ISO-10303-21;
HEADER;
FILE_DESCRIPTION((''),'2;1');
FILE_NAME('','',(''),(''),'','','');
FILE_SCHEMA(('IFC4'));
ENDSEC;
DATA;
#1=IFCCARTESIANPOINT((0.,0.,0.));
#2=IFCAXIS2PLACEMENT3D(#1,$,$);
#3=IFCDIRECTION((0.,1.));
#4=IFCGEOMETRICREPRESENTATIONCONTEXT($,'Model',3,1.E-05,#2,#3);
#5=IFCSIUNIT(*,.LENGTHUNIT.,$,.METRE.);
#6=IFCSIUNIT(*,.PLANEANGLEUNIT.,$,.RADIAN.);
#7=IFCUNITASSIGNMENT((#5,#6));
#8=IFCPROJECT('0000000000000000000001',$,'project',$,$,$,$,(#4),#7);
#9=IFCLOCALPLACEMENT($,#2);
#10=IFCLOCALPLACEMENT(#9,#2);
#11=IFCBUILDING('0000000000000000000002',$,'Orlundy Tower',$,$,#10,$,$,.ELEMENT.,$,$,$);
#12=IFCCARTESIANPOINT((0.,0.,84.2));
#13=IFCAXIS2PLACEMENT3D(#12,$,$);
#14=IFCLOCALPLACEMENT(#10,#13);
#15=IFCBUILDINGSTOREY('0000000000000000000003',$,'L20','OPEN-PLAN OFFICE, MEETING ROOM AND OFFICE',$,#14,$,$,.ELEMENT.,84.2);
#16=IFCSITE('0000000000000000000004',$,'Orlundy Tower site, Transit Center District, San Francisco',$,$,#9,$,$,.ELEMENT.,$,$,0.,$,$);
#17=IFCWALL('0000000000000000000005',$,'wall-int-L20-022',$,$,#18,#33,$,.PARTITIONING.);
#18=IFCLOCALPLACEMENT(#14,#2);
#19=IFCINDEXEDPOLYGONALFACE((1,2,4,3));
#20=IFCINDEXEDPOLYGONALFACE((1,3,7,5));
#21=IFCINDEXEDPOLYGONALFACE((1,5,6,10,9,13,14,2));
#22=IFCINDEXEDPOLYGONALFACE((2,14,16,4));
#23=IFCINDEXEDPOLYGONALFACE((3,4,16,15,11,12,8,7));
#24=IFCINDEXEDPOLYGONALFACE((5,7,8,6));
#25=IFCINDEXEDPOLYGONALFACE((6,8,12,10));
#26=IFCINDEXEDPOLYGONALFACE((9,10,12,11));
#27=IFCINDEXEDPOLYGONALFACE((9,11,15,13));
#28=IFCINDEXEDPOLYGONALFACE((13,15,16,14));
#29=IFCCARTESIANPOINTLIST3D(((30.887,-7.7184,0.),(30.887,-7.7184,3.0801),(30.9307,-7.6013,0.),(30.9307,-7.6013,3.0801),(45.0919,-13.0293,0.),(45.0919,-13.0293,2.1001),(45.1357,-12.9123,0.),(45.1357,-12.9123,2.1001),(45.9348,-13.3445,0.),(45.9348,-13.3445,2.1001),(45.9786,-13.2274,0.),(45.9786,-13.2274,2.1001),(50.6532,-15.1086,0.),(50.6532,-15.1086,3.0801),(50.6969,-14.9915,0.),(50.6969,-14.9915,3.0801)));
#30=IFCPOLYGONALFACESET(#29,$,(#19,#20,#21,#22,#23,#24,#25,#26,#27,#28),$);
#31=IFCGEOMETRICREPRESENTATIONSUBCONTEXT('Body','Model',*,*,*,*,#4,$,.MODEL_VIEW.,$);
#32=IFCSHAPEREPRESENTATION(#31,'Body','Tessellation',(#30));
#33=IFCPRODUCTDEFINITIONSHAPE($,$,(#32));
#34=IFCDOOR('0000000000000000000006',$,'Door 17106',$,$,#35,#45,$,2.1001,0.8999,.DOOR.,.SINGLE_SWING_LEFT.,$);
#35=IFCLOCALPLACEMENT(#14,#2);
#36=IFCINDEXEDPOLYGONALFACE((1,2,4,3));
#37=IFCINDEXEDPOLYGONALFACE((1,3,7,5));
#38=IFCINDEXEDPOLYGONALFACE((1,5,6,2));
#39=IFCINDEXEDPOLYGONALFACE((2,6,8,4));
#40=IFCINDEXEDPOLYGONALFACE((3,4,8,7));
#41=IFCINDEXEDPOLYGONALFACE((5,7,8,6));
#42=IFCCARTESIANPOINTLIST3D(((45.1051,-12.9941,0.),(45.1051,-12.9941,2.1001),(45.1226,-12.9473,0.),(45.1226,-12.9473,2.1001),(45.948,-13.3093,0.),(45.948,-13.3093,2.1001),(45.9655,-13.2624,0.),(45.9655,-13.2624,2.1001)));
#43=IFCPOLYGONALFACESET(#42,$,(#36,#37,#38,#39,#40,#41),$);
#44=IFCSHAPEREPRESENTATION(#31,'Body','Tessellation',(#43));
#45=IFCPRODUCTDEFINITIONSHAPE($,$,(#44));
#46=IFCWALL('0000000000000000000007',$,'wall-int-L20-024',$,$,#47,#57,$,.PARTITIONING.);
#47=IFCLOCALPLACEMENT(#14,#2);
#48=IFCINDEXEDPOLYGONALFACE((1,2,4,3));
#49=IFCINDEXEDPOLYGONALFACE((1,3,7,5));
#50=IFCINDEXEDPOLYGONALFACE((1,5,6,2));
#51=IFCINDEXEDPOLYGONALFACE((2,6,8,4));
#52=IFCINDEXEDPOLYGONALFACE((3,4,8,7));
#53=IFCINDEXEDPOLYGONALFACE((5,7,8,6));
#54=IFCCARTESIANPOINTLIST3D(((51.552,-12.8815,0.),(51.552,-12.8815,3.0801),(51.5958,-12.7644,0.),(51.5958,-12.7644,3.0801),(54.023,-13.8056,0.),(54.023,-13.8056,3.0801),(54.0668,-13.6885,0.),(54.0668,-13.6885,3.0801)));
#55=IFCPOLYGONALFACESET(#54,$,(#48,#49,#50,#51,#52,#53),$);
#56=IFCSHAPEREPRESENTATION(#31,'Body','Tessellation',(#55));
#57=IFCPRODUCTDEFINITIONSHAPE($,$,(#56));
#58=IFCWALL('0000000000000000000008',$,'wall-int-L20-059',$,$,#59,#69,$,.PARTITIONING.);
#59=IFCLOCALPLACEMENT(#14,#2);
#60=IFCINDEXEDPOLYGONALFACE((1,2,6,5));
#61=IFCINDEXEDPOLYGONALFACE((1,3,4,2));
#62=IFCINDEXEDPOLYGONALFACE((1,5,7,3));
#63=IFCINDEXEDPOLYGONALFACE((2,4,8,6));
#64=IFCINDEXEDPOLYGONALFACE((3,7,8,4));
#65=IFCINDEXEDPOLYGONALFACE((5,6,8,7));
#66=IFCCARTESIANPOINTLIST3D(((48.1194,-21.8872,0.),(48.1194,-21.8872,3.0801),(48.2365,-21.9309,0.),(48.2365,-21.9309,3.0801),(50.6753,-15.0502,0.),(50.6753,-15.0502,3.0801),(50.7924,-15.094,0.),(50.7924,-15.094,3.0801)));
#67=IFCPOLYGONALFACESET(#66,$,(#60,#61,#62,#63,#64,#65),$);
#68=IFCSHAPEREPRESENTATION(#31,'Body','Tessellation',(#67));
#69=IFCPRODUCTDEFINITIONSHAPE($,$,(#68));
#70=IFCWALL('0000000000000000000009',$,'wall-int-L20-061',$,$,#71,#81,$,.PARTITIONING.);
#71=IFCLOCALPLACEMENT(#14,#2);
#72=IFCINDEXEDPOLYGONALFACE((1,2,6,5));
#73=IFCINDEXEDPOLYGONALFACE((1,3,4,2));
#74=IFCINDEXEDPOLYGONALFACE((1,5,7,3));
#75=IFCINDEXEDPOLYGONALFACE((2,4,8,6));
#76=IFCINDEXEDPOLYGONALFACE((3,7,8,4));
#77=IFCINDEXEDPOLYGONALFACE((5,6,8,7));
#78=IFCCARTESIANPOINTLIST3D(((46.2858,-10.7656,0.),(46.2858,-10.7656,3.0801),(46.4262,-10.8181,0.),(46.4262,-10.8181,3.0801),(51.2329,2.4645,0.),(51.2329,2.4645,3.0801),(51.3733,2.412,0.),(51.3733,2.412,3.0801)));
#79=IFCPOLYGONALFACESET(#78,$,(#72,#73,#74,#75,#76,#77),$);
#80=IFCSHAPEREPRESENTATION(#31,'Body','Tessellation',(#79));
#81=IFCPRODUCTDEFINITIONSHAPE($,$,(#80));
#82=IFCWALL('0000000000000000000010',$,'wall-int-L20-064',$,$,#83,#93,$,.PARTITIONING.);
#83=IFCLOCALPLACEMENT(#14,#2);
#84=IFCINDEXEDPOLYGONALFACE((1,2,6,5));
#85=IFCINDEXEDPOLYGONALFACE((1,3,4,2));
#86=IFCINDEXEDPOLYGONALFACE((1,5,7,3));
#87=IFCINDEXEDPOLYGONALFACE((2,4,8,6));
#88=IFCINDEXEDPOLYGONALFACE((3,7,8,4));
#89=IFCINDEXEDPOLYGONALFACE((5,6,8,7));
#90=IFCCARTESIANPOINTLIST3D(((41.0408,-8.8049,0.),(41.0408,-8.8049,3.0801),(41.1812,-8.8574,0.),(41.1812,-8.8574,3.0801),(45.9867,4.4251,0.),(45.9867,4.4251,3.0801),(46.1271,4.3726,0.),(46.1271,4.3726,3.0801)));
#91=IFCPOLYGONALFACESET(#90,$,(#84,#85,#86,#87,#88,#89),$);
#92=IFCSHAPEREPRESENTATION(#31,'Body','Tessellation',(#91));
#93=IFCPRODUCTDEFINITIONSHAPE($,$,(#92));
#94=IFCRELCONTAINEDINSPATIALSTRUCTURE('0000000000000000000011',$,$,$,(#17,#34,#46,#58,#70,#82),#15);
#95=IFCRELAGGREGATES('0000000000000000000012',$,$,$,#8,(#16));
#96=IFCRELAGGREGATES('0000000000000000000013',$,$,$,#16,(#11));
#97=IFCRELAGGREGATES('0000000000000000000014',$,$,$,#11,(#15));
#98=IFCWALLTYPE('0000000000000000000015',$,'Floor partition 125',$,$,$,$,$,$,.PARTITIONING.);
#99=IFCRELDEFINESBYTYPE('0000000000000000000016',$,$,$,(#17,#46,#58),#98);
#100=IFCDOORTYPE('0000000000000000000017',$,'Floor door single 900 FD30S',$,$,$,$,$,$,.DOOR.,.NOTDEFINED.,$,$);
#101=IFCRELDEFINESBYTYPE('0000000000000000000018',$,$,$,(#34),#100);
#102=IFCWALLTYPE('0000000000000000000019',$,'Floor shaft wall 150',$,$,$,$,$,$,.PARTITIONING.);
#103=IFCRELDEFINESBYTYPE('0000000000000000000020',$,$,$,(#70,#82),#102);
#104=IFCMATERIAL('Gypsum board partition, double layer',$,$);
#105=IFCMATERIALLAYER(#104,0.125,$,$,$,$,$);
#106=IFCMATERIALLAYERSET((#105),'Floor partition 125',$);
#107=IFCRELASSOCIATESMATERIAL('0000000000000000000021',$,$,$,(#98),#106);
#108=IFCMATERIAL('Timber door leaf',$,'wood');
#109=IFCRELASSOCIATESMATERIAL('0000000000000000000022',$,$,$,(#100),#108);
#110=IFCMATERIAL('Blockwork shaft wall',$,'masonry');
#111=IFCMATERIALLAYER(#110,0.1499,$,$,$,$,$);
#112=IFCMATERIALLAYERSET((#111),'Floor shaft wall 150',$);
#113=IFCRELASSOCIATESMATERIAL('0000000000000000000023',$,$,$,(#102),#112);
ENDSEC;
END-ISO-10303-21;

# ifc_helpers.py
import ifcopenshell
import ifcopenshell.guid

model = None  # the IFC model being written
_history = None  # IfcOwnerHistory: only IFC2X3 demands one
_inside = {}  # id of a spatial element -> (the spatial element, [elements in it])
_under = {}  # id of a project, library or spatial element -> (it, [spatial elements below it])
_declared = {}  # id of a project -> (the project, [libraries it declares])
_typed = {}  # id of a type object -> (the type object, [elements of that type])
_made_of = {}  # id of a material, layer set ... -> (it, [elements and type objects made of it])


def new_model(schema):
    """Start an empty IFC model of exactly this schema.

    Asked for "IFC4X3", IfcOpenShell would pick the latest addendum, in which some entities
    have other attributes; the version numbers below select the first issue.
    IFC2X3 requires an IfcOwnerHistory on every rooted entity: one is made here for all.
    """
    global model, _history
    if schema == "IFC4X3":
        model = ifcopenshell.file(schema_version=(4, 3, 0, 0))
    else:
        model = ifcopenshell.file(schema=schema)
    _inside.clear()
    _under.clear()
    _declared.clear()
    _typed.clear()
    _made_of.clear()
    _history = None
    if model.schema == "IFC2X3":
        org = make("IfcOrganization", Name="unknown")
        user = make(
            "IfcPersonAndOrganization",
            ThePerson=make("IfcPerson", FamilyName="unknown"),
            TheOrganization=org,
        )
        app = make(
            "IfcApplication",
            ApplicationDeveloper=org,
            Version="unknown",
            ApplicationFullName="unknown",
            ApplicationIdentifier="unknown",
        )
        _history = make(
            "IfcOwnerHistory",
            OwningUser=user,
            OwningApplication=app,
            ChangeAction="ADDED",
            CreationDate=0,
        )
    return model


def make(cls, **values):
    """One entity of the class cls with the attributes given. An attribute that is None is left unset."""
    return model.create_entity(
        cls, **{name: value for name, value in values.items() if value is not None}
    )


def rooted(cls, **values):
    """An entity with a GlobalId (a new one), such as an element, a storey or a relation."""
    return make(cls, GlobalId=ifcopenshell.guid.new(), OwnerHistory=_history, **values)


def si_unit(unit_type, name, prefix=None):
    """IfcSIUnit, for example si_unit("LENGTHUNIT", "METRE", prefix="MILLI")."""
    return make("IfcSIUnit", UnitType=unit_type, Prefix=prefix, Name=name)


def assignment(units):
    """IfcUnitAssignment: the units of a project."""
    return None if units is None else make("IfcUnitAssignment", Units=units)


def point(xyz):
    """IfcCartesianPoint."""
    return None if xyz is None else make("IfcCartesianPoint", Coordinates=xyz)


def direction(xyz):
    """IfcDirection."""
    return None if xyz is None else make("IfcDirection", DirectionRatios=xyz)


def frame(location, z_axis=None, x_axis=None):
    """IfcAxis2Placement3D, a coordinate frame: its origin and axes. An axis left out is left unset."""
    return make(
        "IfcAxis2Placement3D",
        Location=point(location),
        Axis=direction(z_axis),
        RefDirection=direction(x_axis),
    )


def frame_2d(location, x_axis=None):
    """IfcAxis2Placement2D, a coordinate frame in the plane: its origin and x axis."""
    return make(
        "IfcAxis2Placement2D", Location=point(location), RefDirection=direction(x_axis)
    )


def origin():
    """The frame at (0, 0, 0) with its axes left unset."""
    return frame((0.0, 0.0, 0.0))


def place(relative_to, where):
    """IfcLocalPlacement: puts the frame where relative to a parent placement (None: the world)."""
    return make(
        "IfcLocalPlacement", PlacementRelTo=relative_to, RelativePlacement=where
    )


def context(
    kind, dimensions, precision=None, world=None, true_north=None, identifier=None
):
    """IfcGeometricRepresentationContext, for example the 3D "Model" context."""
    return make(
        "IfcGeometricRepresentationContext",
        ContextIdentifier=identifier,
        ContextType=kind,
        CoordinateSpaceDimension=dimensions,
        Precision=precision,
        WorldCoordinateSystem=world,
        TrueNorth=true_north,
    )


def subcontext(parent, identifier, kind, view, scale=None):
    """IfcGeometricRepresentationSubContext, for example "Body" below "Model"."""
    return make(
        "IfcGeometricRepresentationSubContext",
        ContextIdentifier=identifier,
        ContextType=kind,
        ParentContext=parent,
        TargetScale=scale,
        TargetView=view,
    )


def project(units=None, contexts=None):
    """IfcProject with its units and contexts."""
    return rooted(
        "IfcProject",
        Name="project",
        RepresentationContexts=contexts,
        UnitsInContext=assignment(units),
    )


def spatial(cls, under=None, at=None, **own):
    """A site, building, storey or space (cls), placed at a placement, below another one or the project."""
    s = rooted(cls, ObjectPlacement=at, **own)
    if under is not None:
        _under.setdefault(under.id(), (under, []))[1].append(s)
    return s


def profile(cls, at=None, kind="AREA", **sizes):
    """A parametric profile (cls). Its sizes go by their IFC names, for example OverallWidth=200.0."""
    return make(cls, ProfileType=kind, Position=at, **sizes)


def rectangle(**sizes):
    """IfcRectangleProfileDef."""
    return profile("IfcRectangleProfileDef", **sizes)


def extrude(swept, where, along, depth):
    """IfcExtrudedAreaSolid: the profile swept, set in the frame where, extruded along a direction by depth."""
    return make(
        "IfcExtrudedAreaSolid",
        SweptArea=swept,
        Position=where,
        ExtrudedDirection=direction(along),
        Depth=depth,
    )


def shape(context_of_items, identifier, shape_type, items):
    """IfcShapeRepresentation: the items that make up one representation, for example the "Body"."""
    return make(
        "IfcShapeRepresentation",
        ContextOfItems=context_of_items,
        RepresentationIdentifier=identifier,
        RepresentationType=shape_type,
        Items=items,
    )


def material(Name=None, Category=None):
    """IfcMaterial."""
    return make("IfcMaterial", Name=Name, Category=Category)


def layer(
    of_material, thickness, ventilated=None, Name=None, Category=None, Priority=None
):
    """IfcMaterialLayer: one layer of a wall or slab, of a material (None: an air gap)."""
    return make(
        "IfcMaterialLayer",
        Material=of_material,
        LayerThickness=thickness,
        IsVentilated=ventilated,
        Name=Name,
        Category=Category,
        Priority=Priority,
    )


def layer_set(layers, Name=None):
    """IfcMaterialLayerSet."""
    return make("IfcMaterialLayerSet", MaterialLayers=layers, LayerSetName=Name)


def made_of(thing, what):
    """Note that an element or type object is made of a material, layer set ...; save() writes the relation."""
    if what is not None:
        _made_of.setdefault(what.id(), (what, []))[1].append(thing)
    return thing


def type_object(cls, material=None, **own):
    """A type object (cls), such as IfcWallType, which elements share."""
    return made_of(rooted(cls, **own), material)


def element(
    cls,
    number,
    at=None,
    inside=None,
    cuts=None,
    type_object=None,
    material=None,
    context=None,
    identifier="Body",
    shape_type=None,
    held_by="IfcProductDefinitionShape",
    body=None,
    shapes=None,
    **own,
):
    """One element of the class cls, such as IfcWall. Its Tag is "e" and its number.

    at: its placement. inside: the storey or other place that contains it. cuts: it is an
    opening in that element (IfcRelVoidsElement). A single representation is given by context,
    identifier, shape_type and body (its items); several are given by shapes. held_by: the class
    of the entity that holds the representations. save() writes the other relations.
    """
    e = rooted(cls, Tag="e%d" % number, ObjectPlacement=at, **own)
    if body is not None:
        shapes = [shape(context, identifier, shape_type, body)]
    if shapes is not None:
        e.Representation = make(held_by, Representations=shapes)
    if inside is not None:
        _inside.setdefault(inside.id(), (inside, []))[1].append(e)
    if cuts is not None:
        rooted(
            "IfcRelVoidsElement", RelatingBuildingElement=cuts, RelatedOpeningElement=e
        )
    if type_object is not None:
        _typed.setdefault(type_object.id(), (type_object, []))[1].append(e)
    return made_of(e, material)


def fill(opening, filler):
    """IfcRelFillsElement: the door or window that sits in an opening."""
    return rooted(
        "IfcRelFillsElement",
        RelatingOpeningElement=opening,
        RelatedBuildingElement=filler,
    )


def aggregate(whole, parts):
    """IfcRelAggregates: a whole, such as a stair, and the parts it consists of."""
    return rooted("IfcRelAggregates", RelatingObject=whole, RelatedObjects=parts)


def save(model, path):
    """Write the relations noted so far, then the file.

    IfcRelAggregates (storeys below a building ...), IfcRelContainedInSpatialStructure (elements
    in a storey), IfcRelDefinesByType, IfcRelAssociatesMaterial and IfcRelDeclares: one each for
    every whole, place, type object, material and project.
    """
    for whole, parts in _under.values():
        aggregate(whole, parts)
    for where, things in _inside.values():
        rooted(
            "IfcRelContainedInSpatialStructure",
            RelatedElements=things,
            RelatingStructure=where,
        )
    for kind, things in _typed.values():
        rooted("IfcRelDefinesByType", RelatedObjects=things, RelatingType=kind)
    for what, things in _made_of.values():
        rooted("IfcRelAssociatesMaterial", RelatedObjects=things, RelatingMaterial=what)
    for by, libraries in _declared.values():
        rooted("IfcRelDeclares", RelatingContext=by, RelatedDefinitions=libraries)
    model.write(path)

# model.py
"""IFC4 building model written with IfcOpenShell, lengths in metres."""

from ifc_helpers import new_model, si_unit, direction, frame, frame_2d, origin, place, context, subcontext, project, spatial, rectangle, extrude, material, layer, layer_set, type_object, element, fill, save


model = new_model("IFC4")

# Units and contexts
model_context = context("Model", 3, precision=1e-05, world=origin(), true_north=direction((0.0, 1.0)))
body_context = subcontext(model_context, "Body", "Model", "MODEL_VIEW")
ifc_project = project(units=[si_unit("LENGTHUNIT", "METRE"), si_unit("PLANEANGLEUNIT", "RADIAN")], contexts=[model_context])

# Site, building, storey
site_placement = place(None, origin())
site = spatial("IfcSite", under=ifc_project, at=site_placement, Name="Orlundy Tower site, Transit Center District, San Francisco", CompositionType="ELEMENT", RefElevation=0.0)
building_placement = place(site_placement, origin())
building = spatial("IfcBuilding", under=site, at=building_placement, Name="Orlundy Tower", CompositionType="ELEMENT")
storey_placement = place(building_placement, frame((0.0, 0.0, 84.2)))
storey = spatial("IfcBuildingStorey", under=building, at=storey_placement, Name="L20", Description="OPEN-PLAN OFFICE, MEETING ROOM AND OFFICE", CompositionType="ELEMENT", Elevation=84.2)

# Shared definitions
ifc_material_1 = material(Name="Gypsum board partition, double layer")
ifc_layer_1 = layer(ifc_material_1, 0.125)
ifc_layer_set_1 = layer_set([ifc_layer_1], Name="Floor partition 125")
wall_type_1 = type_object("IfcWallType", Name="Floor partition 125", PredefinedType="PARTITIONING", material=ifc_layer_set_1)

# Shared definitions
ifc_material_2 = material(Name="Timber door leaf", Category="wood")
door_type = type_object("IfcDoorType", Name="Floor door single 900 FD30S", OperationType="NOTDEFINED", PredefinedType="DOOR", material=ifc_material_2)

# Wall, opening, door
wall_1_placement = place(storey_placement, frame((50.675, -15.05, 0.0), z_axis=(0.0, 0.0, 1.0), x_axis=(-0.936674, 0.350203, 0.0)))
wall_1 = element("IfcWall", 1, at=wall_1_placement, inside=storey, type_object=wall_type_1, Name="wall-int-L20-022", PredefinedType="PARTITIONING", context=body_context, shape_type="SweptSolid", body=[
    extrude(rectangle(XDim=21.1025, YDim=0.125, at=frame_2d((10.5513, 0.0))), origin(), (0.0, 0.0, 1.0), 3.0801),
])
opening_1_placement = place(wall_1_placement, frame((5.0374, 0.0, 0.0)))
opening_1 = element("IfcOpeningElement", 2, at=opening_1_placement, cuts=wall_1, PredefinedType="OPENING", context=body_context, shape_type="SweptSolid", body=[
    extrude(rectangle(XDim=0.8999, YDim=2.1001, at=frame_2d((0.45, 1.05))), frame((0.0, 0.0725, 0.0), z_axis=(0.0, -1.0, 0.0), x_axis=(1.0, 0.0, 0.0)), (0.0, 0.0, 1.0), 0.145),
])
door_1_placement = place(opening_1_placement, origin())
door_1 = element("IfcDoor", 3, at=door_1_placement, inside=storey, type_object=door_type, Name="Door 17106", OperationType="SINGLE_SWING_LEFT", OverallHeight=2.1001, OverallWidth=0.8999, PredefinedType="DOOR", context=body_context, shape_type="SweptSolid", body=[
    extrude(rectangle(XDim=0.8999, YDim=2.1001, at=frame_2d((0.45, 1.05))), frame((0.0, 0.0249, 0.0), z_axis=(0.0, -1.0, 0.0), x_axis=(1.0, 0.0, 0.0)), (0.0, 0.0, 1.0), 0.05),
])
fill(opening_1, door_1)

# Walls
wall_2_placement = place(storey_placement, frame((54.0449, -13.7471, 0.0), z_axis=(0.0, 0.0, 1.0), x_axis=(-0.936644, 0.350282, 0.0)))
element("IfcWall", 4, at=wall_2_placement, inside=storey, type_object=wall_type_1, Name="wall-int-L20-024", PredefinedType="PARTITIONING", context=body_context, shape_type="SweptSolid", body=[
    extrude(rectangle(XDim=2.6382, YDim=0.125, at=frame_2d((1.3191, 0.0))), origin(), (0.0, 0.0, 1.0), 3.0801),
])
wall_3_placement = place(storey_placement, frame((48.178, -21.9089, 0.0), z_axis=(0.0, 0.0, 1.0), x_axis=(0.35017, 0.936686, 0.0)))
element("IfcWall", 5, at=wall_3_placement, inside=storey, type_object=wall_type_1, Name="wall-int-L20-059", PredefinedType="PARTITIONING", context=body_context, shape_type="SweptSolid", body=[
    extrude(rectangle(XDim=7.2991, YDim=0.125, at=frame_2d((3.6494, 0.0))), origin(), (0.0, 0.0, 1.0), 3.0801),
])
ifc_material_3 = material(Name="Blockwork shaft wall", Category="masonry")
ifc_layer_2 = layer(ifc_material_3, 0.1499)
ifc_layer_set_2 = layer_set([ifc_layer_2], Name="Floor shaft wall 150")
wall_type_2 = type_object("IfcWallType", Name="Floor shaft wall 150", PredefinedType="PARTITIONING", material=ifc_layer_set_2)
wall_4_placement = place(storey_placement, frame((46.356, -10.792, 0.0), z_axis=(0.0, 0.0, 1.0), x_axis=(0.350241, 0.93666, 0.0)))
element("IfcWall", 6, at=wall_4_placement, inside=storey, type_object=wall_type_2, Name="wall-int-L20-061", PredefinedType="PARTITIONING", context=body_context, shape_type="SweptSolid", body=[
    extrude(rectangle(XDim=14.1248, YDim=0.1499, at=frame_2d((7.0625, 0.0))), origin(), (0.0, 0.0, 1.0), 3.0801),
])
wall_5_placement = place(storey_placement, frame((41.1111, -8.8311, 0.0), z_axis=(0.0, 0.0, 1.0), x_axis=(0.350165, 0.936688, 0.0)))
element("IfcWall", 7, at=wall_5_placement, inside=storey, type_object=wall_type_2, Name="wall-int-L20-064", PredefinedType="PARTITIONING", context=body_context, shape_type="SweptSolid", body=[
    extrude(rectangle(XDim=14.1243, YDim=0.1499, at=frame_2d((7.062, 0.0))), origin(), (0.0, 0.0, 1.0), 3.0801),
])

save(model, "model.ifc")
